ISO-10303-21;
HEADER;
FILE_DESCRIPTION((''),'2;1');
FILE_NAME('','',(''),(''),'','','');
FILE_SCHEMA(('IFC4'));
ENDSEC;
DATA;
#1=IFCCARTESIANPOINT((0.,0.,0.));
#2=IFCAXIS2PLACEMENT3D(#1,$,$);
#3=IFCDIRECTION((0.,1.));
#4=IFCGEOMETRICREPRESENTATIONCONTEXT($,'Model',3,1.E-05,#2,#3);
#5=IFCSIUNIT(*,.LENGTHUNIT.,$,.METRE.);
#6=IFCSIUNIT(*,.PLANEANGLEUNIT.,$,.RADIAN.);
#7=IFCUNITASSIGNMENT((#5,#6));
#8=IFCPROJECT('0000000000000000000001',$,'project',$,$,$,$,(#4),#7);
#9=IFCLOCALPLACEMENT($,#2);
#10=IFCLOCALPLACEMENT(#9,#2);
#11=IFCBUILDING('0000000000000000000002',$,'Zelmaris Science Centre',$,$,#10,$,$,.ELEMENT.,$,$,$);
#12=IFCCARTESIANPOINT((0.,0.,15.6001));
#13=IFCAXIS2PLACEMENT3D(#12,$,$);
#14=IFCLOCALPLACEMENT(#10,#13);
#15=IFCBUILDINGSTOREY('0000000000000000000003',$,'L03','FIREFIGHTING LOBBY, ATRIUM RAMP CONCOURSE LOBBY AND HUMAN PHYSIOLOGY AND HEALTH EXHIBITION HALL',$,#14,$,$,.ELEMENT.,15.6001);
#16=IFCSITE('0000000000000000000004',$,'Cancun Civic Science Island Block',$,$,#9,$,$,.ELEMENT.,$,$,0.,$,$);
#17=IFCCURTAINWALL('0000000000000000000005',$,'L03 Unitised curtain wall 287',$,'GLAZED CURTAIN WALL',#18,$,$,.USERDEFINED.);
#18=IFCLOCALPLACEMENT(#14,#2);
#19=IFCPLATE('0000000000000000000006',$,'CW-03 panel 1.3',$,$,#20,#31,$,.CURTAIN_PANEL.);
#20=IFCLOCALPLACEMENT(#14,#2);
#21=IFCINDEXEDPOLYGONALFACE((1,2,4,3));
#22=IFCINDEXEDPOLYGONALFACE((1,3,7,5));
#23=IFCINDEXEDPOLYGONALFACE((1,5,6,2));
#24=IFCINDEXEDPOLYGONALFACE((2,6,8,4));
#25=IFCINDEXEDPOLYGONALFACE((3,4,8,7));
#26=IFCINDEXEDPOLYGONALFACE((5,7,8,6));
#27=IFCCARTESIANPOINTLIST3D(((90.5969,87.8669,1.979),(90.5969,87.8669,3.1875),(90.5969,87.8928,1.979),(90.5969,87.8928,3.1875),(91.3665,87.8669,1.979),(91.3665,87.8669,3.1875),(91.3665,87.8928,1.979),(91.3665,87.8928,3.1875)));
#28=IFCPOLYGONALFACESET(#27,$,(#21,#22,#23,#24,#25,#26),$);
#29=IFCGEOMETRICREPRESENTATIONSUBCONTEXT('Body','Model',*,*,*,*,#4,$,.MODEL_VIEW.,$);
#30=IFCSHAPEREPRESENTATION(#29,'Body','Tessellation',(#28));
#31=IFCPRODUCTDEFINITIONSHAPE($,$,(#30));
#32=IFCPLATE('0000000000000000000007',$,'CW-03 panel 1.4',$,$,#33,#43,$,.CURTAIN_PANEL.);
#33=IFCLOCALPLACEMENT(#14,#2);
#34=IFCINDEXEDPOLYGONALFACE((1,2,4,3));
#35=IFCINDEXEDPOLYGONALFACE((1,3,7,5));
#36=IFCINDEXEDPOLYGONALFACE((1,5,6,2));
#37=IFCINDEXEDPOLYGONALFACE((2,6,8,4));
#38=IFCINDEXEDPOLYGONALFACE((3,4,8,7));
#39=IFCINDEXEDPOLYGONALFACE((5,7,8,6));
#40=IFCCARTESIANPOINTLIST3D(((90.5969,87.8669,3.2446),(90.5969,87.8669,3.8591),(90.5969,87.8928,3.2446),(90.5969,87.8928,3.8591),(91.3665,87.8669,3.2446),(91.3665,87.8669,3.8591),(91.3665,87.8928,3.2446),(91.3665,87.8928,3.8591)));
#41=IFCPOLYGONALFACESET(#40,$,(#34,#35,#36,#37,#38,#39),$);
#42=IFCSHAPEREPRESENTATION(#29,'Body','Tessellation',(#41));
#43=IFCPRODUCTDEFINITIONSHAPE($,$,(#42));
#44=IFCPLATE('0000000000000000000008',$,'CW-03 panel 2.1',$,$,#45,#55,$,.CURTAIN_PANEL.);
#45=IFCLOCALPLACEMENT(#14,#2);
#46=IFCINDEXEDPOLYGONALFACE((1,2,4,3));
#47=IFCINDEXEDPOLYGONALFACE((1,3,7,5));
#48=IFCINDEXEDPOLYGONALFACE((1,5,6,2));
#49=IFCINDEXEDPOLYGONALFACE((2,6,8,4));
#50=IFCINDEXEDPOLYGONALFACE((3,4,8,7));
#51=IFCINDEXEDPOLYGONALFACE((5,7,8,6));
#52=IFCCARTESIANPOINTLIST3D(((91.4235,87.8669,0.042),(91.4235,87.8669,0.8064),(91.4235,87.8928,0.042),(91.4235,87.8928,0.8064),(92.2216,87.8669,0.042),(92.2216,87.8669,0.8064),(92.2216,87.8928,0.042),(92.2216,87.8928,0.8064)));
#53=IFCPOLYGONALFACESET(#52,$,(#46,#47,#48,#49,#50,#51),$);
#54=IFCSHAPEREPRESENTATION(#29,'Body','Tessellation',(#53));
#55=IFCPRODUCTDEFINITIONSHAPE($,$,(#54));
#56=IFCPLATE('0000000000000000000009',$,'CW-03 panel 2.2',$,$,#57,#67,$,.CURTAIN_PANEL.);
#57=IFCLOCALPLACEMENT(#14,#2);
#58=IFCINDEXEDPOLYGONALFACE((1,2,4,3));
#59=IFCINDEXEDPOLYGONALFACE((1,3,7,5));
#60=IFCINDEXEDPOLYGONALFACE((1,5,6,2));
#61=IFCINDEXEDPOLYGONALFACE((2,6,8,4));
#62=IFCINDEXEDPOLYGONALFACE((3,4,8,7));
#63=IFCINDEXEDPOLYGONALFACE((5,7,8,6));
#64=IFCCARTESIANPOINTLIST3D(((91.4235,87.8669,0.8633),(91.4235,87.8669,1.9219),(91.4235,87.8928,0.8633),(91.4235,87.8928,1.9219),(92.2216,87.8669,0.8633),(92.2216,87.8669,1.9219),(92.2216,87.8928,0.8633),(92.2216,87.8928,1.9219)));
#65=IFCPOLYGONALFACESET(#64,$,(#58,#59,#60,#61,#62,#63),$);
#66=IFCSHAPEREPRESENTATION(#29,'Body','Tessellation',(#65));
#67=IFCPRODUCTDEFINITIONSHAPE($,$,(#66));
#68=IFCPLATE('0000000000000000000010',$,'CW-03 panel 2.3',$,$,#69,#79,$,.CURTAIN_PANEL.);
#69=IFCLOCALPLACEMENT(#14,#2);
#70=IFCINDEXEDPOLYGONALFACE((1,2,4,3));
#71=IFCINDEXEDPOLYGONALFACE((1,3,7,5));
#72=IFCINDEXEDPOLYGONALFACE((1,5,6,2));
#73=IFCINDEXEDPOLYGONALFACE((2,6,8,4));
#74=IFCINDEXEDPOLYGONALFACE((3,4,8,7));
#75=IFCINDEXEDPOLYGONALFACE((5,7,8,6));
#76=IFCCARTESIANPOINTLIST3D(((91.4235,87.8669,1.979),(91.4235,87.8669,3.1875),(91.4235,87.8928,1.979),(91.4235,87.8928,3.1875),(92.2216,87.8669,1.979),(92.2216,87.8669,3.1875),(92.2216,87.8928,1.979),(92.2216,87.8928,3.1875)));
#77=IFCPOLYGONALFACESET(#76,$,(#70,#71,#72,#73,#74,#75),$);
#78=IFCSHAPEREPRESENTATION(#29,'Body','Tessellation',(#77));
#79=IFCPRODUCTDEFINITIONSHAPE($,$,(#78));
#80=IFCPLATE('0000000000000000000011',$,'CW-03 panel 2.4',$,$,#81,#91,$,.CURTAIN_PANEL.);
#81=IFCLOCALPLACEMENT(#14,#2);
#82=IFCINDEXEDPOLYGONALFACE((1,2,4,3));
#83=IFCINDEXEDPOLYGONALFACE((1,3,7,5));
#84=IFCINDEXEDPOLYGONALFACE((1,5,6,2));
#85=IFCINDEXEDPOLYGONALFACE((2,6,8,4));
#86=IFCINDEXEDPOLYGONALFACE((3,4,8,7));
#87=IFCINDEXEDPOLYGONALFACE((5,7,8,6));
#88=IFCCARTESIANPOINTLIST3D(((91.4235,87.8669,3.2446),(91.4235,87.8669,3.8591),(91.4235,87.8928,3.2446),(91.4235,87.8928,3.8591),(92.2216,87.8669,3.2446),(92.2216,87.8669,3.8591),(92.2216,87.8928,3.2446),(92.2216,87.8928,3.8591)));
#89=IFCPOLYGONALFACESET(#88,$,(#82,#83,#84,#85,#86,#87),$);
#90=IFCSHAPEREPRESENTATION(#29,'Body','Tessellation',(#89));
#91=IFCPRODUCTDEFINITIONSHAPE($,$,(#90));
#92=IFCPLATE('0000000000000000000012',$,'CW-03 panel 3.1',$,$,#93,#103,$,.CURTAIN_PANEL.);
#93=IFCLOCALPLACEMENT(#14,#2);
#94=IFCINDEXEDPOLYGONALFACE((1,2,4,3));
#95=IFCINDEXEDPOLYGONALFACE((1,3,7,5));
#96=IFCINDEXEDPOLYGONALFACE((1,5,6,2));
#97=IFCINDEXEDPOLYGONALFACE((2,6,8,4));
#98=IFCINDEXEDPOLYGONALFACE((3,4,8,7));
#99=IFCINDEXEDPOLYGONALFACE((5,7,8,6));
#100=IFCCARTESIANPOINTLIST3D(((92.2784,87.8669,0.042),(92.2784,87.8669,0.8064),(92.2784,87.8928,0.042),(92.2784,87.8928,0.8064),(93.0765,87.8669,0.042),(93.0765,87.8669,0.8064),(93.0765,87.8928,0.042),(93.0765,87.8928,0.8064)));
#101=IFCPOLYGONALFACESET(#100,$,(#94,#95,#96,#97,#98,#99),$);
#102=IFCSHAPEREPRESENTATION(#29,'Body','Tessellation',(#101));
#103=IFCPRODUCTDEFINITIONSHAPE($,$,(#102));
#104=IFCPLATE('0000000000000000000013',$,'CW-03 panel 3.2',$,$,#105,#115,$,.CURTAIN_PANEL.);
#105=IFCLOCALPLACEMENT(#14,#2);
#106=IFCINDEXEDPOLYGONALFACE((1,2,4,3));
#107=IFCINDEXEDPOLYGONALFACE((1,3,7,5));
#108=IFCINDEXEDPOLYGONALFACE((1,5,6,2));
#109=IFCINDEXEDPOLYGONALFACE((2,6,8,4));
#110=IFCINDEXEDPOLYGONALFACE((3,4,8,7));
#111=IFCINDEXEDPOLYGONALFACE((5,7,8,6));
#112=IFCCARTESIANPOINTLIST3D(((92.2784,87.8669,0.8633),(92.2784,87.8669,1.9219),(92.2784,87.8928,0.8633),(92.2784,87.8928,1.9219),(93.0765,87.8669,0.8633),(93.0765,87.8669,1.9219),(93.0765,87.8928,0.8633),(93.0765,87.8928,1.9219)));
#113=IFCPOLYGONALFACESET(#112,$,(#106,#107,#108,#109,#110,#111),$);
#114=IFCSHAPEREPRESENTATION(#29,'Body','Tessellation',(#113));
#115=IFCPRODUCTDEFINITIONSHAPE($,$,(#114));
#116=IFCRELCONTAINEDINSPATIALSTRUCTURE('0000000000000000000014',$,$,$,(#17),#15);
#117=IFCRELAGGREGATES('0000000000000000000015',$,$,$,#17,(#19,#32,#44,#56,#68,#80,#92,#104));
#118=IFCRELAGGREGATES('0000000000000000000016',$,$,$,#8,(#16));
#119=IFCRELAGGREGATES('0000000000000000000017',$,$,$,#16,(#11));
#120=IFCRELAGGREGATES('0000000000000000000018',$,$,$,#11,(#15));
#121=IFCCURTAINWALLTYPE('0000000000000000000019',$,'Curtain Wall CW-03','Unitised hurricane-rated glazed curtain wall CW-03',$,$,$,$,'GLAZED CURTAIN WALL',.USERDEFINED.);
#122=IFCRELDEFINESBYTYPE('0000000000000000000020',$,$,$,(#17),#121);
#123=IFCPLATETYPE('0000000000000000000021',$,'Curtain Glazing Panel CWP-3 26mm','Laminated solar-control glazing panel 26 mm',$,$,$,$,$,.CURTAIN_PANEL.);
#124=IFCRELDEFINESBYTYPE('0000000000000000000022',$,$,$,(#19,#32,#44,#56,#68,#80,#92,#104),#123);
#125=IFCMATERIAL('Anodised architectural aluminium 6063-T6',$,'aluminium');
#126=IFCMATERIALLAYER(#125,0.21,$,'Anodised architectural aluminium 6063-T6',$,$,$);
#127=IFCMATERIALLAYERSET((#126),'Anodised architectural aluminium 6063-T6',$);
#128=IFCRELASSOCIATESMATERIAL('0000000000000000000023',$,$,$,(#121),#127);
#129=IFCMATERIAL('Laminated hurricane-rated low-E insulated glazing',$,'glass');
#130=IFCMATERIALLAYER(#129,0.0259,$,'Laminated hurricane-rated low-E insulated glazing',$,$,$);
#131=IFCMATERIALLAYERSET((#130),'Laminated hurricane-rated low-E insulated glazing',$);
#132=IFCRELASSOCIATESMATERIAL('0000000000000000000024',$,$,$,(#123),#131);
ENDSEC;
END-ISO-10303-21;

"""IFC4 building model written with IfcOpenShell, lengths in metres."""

from ifc_helpers import new_model, si_unit, direction, frame, origin, origin_2d, place, context, subcontext, project, spatial, rectangle, extrude, material, layer, layer_set, type_object, element, aggregate, save


model = new_model("IFC4")

# Units and contexts
model_context = context("Model", 3, precision=1e-05, world=origin(), true_north=direction((0.0, 1.0)))
body_context = subcontext(model_context, "Body", "Model", "MODEL_VIEW")
ifc_project = project(units=[si_unit("LENGTHUNIT", "METRE"), si_unit("PLANEANGLEUNIT", "RADIAN")], contexts=[model_context])

# Site, building, storey
site_placement = place(None, origin())
site = spatial("IfcSite", under=ifc_project, at=site_placement, Name="Cancun Civic Science Island Block", CompositionType="ELEMENT", RefElevation=0.0)
building_placement = place(site_placement, origin())
building = spatial("IfcBuilding", under=site, at=building_placement, Name="Zelmaris Science Centre", CompositionType="ELEMENT")
storey_placement = place(building_placement, frame((0.0, 0.0, 15.6001)))
storey = spatial("IfcBuildingStorey", under=building, at=storey_placement, Name="L03", Description="FIREFIGHTING LOBBY, ATRIUM RAMP CONCOURSE LOBBY AND HUMAN PHYSIOLOGY AND HEALTH EXHIBITION HALL", CompositionType="ELEMENT", Elevation=15.6001)

# Curtain wall
ifc_material_1 = material(Name="Anodised architectural aluminium 6063-T6", Category="aluminium")
ifc_layer_1 = layer(ifc_material_1, 0.21, Name="Anodised architectural aluminium 6063-T6")
ifc_layer_set_1 = layer_set([ifc_layer_1], Name="Anodised architectural aluminium 6063-T6")
curtain_wall_type_1 = type_object("IfcCurtainWallType", Name="Curtain Wall CW-03", Description="Unitised hurricane-rated glazed curtain wall CW-03", ElementType="GLAZED CURTAIN WALL", PredefinedType="USERDEFINED", material=ifc_layer_set_1)
curtain_wall_1_placement = place(storey_placement, origin())
curtain_wall_1 = element("IfcCurtainWall", 1, at=curtain_wall_1_placement, inside=storey, type_object=curtain_wall_type_1, Name="L03 Unitised curtain wall 287", ObjectType="GLAZED CURTAIN WALL", PredefinedType="USERDEFINED")

# Plates
ifc_material_2 = material(Name="Laminated hurricane-rated low-E insulated glazing", Category="glass")
ifc_layer_2 = layer(ifc_material_2, 0.0259, Name="Laminated hurricane-rated low-E insulated glazing")
ifc_layer_set_2 = layer_set([ifc_layer_2], Name="Laminated hurricane-rated low-E insulated glazing")
plate_type_1 = type_object("IfcPlateType", Name="Curtain Glazing Panel CWP-3 26mm", Description="Laminated solar-control glazing panel 26 mm", PredefinedType="CURTAIN_PANEL", material=ifc_layer_set_2)
plate_1_placement = place(storey_placement, frame((90.9817, 87.8799, 1.979), z_axis=(0.0, 0.0, 1.0), x_axis=(1.0, 0.0, 0.0)))
plate_1 = element("IfcPlate", 2, at=plate_1_placement, type_object=plate_type_1, Name="CW-03 panel 1.3", PredefinedType="CURTAIN_PANEL", context=body_context, shape_type="SweptSolid", body=[
    extrude(rectangle(XDim=0.7695, YDim=0.0259, at=origin_2d()), origin(), (0.0, 0.0, 1.0), 1.2085),
])
plate_2_placement = place(storey_placement, frame((90.9817, 87.8799, 3.2446), z_axis=(0.0, 0.0, 1.0), x_axis=(1.0, 0.0, 0.0)))
plate_2 = element("IfcPlate", 3, at=plate_2_placement, type_object=plate_type_1, Name="CW-03 panel 1.4", PredefinedType="CURTAIN_PANEL", context=body_context, shape_type="SweptSolid", body=[
    extrude(rectangle(XDim=0.7695, YDim=0.0259, at=origin_2d()), origin(), (0.0, 0.0, 1.0), 0.6145),
])
plate_3_placement = place(storey_placement, frame((91.8225, 87.8799, 0.042), z_axis=(0.0, 0.0, 1.0), x_axis=(1.0, 0.0, 0.0)))
plate_3 = element("IfcPlate", 4, at=plate_3_placement, type_object=plate_type_1, Name="CW-03 panel 2.1", PredefinedType="CURTAIN_PANEL", context=body_context, shape_type="SweptSolid", body=[
    extrude(rectangle(XDim=0.7981, YDim=0.0259, at=origin_2d()), origin(), (0.0, 0.0, 1.0), 0.7644),
])
plate_4_placement = place(storey_placement, frame((91.8225, 87.8799, 0.8633), z_axis=(0.0, 0.0, 1.0), x_axis=(1.0, 0.0, 0.0)))
plate_4 = element("IfcPlate", 5, at=plate_4_placement, type_object=plate_type_1, Name="CW-03 panel 2.2", PredefinedType="CURTAIN_PANEL", context=body_context, shape_type="SweptSolid", body=[
    extrude(rectangle(XDim=0.7981, YDim=0.0259, at=origin_2d()), origin(), (0.0, 0.0, 1.0), 1.0586),
])
plate_5_placement = place(storey_placement, frame((91.8225, 87.8799, 1.979), z_axis=(0.0, 0.0, 1.0), x_axis=(1.0, 0.0, 0.0)))
plate_5 = element("IfcPlate", 6, at=plate_5_placement, type_object=plate_type_1, Name="CW-03 panel 2.3", PredefinedType="CURTAIN_PANEL", context=body_context, shape_type="SweptSolid", body=[
    extrude(rectangle(XDim=0.7981, YDim=0.0259, at=origin_2d()), origin(), (0.0, 0.0, 1.0), 1.2085),
])
plate_6_placement = place(storey_placement, frame((91.8225, 87.8799, 3.2446), z_axis=(0.0, 0.0, 1.0), x_axis=(1.0, 0.0, 0.0)))
plate_6 = element("IfcPlate", 7, at=plate_6_placement, type_object=plate_type_1, Name="CW-03 panel 2.4", PredefinedType="CURTAIN_PANEL", context=body_context, shape_type="SweptSolid", body=[
    extrude(rectangle(XDim=0.7981, YDim=0.0259, at=origin_2d()), origin(), (0.0, 0.0, 1.0), 0.6145),
])
plate_7_placement = place(storey_placement, frame((92.6775, 87.8799, 0.042), z_axis=(0.0, 0.0, 1.0), x_axis=(1.0, 0.0, 0.0)))
plate_7 = element("IfcPlate", 8, at=plate_7_placement, type_object=plate_type_1, Name="CW-03 panel 3.1", PredefinedType="CURTAIN_PANEL", context=body_context, shape_type="SweptSolid", body=[
    extrude(rectangle(XDim=0.7981, YDim=0.0259, at=origin_2d()), origin(), (0.0, 0.0, 1.0), 0.7644),
])
plate_8_placement = place(storey_placement, frame((92.6775, 87.8799, 0.8633), z_axis=(0.0, 0.0, 1.0), x_axis=(1.0, 0.0, 0.0)))
plate_8 = element("IfcPlate", 9, at=plate_8_placement, type_object=plate_type_1, Name="CW-03 panel 3.2", PredefinedType="CURTAIN_PANEL", context=body_context, shape_type="SweptSolid", body=[
    extrude(rectangle(XDim=0.7981, YDim=0.0259, at=origin_2d()), origin(), (0.0, 0.0, 1.0), 1.0586),
])
aggregate(curtain_wall_1, [plate_1, plate_2, plate_3, plate_4, plate_5, plate_6, plate_7, plate_8])

save(model, "model.ifc")
